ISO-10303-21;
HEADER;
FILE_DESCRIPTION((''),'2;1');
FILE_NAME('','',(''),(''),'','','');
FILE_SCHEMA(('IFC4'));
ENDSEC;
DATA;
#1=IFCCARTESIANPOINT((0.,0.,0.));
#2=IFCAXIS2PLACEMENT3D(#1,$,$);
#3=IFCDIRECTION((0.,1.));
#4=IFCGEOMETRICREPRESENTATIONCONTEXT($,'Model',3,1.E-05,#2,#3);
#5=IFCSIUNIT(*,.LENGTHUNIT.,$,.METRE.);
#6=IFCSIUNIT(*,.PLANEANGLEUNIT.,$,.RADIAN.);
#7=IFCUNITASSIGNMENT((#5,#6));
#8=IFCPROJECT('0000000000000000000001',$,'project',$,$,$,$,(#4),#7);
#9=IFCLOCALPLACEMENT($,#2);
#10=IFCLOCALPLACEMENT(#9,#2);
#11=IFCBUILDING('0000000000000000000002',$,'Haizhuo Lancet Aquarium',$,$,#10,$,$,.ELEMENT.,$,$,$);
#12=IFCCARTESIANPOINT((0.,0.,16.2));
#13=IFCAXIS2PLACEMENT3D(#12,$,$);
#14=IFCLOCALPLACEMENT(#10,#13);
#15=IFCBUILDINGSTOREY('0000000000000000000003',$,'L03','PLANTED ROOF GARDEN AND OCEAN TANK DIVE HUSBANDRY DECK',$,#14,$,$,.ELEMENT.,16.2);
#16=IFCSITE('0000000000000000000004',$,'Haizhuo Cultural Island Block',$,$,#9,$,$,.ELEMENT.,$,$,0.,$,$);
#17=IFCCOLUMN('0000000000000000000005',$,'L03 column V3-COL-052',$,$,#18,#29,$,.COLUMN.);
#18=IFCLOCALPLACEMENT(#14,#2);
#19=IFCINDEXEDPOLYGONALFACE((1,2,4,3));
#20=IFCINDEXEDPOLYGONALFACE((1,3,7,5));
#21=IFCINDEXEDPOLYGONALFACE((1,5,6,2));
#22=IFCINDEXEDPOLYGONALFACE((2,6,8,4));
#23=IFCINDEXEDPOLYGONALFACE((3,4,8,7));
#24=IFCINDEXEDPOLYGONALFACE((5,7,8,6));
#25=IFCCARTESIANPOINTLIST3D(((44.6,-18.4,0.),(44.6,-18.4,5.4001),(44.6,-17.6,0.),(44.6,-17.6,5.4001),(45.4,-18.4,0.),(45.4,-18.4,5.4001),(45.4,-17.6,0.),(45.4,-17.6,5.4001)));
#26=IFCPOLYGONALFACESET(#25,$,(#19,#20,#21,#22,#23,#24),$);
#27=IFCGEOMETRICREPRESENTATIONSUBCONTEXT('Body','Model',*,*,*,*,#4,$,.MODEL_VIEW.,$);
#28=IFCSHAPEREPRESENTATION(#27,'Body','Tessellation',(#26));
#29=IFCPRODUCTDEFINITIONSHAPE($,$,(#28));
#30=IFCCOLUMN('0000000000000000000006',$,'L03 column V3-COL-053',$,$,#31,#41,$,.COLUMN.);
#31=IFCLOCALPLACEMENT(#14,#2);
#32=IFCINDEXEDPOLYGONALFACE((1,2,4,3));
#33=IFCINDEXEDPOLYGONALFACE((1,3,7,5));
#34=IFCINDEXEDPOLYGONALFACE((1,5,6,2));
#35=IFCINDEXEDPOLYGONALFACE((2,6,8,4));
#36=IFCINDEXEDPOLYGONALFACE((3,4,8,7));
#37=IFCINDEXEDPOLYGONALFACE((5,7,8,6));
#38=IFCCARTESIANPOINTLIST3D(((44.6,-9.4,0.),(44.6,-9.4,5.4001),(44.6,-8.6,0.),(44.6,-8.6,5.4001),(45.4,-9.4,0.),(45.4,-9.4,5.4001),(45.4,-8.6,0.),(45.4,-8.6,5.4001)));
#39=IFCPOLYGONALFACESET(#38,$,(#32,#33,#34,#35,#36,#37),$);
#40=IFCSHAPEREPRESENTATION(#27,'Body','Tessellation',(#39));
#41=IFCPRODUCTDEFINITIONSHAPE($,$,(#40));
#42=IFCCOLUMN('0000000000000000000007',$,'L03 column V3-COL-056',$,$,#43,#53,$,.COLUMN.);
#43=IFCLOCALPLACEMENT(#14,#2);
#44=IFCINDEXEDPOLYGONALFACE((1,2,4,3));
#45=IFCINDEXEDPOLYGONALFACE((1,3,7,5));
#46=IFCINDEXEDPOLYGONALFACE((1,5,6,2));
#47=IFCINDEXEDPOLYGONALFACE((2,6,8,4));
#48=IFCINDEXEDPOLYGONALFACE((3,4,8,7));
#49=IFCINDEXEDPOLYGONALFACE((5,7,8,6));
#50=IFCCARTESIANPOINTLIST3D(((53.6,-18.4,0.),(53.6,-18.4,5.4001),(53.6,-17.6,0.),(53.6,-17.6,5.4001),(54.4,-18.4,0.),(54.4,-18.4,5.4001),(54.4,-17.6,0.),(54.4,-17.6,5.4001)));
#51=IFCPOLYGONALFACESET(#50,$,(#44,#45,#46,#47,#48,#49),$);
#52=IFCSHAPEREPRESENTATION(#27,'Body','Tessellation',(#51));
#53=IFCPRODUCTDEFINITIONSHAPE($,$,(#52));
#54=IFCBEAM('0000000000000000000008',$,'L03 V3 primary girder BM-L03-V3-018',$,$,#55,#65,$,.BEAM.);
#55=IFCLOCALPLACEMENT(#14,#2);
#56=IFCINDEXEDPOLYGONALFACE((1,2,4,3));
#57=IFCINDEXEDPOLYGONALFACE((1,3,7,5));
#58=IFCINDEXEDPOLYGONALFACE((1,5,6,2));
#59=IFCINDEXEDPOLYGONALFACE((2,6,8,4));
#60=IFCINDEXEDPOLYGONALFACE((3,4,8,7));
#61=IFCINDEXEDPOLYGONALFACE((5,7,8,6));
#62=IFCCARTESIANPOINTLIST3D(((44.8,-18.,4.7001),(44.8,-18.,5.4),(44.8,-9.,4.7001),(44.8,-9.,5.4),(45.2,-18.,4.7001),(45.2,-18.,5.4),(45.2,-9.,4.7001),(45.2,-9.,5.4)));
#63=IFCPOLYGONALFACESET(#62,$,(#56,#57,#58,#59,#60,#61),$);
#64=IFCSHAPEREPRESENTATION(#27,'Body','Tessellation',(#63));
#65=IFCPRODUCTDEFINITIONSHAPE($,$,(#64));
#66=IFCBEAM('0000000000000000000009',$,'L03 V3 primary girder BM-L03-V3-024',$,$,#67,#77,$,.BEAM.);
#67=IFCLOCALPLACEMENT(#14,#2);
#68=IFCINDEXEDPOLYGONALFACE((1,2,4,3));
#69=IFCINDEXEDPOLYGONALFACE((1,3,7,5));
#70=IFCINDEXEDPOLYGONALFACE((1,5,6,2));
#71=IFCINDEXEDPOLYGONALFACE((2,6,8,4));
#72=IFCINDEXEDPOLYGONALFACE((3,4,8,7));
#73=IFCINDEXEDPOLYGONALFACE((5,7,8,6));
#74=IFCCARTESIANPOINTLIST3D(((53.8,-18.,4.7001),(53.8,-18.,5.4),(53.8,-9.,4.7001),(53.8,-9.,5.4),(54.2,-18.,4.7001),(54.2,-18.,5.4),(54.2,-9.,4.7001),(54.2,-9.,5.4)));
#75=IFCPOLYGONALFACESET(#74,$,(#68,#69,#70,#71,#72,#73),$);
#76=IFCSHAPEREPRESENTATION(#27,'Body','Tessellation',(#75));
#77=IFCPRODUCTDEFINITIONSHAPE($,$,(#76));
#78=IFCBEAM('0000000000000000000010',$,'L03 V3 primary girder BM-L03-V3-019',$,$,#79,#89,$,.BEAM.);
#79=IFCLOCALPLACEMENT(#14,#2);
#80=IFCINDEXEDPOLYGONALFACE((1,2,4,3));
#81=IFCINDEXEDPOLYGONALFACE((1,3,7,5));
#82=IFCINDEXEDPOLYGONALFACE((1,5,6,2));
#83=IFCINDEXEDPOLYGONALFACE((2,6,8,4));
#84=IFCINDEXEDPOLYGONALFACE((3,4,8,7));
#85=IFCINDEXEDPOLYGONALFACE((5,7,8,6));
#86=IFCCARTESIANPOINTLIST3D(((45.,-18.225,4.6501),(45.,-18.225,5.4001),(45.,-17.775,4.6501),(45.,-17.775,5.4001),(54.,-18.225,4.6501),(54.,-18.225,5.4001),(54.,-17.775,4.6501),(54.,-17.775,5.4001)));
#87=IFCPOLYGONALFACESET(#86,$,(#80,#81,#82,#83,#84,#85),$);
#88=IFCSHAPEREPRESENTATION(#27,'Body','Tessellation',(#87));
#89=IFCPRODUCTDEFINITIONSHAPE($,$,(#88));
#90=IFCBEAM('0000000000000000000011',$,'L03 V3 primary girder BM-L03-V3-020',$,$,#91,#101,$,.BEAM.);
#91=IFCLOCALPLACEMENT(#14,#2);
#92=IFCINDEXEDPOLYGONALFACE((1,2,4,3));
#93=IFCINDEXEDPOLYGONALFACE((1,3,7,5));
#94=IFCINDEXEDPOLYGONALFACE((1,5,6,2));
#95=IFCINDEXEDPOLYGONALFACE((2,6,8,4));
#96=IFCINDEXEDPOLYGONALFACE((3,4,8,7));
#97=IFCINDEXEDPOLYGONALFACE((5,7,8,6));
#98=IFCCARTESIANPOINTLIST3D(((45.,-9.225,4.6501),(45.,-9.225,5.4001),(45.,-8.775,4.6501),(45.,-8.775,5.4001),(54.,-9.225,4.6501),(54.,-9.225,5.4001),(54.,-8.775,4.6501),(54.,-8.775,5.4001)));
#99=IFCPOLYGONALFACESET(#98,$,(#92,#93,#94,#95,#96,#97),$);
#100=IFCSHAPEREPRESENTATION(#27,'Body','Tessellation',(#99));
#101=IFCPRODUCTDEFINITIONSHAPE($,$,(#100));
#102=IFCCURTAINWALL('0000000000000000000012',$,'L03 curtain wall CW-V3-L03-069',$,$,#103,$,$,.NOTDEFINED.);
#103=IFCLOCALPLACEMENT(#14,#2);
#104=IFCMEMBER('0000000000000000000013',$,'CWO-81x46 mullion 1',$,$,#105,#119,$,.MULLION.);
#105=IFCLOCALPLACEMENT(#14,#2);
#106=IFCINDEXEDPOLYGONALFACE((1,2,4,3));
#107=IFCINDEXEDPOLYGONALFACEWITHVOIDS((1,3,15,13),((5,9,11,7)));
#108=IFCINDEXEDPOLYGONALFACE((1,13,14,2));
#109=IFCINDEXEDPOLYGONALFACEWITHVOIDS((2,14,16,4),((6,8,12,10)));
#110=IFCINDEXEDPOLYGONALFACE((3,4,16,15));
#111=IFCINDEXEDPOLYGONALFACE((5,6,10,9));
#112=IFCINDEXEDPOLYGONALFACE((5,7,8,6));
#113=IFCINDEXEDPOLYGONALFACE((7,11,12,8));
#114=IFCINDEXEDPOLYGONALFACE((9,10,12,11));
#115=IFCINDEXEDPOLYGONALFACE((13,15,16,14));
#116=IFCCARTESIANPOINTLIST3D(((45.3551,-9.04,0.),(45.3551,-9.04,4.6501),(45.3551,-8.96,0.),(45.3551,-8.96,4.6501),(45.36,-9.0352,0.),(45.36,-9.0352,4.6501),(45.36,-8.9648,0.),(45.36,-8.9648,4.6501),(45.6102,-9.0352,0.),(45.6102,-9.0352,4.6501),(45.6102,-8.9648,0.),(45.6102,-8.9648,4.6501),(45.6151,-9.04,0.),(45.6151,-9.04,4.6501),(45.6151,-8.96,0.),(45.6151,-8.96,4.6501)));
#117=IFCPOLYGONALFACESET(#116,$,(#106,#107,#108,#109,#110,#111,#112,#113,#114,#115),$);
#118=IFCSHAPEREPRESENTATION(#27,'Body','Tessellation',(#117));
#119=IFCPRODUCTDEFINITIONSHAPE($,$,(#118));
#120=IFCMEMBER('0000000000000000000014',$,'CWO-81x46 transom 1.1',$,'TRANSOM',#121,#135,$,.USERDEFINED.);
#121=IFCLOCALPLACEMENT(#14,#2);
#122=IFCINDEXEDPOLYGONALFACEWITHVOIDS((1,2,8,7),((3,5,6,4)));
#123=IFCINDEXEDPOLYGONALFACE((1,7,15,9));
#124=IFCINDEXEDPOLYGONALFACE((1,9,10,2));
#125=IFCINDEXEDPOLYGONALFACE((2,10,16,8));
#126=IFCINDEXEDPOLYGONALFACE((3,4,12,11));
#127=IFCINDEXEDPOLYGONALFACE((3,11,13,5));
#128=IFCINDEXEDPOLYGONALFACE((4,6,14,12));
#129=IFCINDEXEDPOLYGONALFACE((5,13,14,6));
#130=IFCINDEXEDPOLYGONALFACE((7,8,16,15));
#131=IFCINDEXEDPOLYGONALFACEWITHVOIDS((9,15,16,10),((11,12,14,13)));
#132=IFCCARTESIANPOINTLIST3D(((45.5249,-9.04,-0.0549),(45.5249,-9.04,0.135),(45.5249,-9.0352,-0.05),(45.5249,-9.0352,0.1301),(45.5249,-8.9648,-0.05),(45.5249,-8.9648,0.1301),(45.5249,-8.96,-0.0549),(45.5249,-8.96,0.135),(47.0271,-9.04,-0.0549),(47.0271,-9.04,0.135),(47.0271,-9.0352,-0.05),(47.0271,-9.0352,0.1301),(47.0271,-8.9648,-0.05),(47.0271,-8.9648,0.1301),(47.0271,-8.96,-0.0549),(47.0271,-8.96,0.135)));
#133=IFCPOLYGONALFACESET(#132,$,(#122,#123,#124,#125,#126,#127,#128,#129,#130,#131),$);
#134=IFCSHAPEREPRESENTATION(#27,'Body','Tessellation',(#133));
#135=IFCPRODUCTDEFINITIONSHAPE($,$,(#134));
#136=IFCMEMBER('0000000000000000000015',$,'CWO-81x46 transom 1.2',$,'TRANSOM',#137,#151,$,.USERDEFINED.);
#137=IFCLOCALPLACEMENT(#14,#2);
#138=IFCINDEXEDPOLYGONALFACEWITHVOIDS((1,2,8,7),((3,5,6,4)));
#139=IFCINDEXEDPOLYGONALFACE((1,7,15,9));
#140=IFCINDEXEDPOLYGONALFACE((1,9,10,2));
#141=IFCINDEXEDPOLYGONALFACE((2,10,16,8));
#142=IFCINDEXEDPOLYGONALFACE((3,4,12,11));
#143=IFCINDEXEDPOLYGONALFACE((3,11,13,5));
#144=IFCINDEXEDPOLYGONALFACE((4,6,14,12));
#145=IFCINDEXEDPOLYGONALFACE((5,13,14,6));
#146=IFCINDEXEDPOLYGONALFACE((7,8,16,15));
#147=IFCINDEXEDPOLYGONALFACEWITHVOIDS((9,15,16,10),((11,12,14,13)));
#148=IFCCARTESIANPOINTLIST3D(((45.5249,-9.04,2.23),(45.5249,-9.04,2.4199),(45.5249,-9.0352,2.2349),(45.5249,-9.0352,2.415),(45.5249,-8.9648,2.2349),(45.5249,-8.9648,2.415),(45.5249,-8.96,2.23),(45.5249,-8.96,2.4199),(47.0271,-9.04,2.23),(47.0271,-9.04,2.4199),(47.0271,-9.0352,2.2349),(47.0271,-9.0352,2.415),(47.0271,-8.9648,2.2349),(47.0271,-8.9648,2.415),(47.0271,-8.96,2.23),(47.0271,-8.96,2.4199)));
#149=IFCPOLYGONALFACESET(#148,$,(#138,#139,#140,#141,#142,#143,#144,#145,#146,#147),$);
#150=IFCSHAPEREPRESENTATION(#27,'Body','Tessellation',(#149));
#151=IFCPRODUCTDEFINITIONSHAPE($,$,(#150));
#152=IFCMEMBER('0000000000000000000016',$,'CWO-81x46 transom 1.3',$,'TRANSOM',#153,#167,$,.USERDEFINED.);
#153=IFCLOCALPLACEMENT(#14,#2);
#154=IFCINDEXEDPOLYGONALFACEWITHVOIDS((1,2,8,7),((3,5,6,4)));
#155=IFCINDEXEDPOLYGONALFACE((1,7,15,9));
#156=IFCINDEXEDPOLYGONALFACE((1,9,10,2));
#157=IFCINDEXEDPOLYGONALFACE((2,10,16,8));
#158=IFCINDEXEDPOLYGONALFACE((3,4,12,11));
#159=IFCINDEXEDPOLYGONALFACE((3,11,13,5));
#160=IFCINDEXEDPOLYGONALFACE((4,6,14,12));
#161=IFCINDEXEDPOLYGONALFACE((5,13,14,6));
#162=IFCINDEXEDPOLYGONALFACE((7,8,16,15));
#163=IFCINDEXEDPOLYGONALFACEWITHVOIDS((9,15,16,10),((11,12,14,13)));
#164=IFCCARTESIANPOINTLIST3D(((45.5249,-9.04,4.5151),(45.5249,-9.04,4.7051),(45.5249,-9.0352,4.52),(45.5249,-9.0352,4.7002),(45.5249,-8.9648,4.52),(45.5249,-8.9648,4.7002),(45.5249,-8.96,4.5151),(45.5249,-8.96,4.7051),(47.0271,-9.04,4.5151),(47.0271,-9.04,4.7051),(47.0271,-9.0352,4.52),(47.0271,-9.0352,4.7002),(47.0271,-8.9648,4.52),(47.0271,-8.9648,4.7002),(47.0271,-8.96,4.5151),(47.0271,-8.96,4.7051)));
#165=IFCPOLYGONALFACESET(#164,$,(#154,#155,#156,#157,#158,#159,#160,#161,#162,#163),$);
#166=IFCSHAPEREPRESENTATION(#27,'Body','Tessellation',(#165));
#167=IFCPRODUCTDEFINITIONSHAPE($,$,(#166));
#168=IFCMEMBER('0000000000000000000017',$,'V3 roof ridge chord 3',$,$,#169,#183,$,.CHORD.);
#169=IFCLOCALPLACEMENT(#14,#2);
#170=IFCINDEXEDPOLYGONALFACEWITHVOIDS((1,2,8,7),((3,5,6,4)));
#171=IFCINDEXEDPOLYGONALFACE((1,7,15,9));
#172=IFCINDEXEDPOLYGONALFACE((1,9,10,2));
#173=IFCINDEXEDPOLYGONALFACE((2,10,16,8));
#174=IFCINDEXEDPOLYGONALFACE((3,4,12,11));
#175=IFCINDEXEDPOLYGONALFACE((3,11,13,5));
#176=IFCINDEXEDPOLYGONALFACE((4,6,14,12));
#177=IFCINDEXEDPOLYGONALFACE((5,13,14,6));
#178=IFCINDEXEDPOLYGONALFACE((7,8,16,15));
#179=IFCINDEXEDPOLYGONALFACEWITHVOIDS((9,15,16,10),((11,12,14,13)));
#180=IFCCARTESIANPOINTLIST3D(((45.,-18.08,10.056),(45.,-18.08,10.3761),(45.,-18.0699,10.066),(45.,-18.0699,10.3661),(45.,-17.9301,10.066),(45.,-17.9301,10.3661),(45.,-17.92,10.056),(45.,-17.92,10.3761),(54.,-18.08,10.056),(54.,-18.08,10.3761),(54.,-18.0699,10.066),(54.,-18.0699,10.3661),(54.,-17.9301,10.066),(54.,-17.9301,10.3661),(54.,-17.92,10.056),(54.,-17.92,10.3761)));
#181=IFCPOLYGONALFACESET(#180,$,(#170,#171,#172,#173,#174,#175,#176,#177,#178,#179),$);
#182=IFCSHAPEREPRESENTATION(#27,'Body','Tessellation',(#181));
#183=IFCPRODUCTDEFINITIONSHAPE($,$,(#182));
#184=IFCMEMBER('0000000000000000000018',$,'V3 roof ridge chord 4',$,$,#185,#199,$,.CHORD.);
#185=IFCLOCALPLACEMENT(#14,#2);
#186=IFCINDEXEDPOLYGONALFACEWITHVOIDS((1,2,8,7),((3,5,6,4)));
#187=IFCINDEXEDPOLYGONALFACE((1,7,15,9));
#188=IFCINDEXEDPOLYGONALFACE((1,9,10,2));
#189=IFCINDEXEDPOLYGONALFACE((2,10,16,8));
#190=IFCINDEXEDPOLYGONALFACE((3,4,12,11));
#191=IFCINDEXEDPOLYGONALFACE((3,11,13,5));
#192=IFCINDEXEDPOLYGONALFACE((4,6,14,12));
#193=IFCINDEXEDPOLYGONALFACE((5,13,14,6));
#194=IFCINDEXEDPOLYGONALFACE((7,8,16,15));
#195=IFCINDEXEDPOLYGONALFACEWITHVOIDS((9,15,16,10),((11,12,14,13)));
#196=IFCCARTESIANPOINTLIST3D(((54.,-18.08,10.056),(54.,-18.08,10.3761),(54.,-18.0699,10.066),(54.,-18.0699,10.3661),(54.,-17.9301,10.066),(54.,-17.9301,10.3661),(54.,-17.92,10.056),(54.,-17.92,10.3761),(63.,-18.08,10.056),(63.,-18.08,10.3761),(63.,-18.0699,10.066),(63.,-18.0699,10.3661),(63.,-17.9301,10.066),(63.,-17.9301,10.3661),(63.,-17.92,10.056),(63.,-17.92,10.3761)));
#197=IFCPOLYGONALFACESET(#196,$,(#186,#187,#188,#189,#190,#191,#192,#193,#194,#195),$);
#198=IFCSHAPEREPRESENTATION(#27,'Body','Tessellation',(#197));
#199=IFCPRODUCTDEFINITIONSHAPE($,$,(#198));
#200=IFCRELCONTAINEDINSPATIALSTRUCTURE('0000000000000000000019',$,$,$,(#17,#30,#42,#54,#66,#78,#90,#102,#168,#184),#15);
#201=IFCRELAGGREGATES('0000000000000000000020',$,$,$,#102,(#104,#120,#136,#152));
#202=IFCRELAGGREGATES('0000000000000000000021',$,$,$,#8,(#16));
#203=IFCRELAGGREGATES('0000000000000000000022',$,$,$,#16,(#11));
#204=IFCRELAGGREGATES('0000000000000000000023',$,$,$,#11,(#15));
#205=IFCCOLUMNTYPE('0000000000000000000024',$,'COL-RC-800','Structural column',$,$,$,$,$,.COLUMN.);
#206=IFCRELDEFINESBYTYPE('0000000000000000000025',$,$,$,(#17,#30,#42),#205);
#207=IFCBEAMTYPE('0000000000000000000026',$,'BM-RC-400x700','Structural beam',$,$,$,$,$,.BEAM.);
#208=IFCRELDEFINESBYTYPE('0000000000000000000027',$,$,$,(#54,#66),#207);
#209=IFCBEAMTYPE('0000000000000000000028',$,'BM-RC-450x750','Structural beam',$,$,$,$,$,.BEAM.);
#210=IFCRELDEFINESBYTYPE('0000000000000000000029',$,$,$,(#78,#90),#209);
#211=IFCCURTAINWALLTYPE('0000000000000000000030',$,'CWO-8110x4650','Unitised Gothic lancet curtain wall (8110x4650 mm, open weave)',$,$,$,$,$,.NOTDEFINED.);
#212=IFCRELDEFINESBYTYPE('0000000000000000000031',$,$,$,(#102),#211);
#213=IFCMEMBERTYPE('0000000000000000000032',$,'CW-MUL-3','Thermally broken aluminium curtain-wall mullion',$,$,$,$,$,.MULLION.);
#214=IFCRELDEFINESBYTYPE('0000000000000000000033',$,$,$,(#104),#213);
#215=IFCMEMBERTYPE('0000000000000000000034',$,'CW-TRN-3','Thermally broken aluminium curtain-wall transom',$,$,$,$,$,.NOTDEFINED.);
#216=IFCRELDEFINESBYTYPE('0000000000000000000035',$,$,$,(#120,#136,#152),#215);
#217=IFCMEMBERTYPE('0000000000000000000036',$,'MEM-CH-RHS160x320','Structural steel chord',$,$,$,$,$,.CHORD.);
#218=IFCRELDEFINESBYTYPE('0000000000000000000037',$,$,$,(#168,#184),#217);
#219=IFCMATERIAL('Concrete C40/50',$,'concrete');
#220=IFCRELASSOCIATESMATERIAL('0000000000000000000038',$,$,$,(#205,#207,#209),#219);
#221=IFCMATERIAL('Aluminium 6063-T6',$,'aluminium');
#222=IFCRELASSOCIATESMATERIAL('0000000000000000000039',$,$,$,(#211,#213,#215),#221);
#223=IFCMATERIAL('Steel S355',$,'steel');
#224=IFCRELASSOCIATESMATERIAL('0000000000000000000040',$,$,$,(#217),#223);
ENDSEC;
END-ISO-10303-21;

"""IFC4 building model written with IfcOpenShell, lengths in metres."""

from ifc_helpers import new_model, si_unit, direction, frame, origin, origin_2d, place, context, subcontext, project, spatial, rectangle, hollow_rectangle, extrude, material, material_profile, profile_set, type_object, element, aggregate, save


model = new_model("IFC4")

# Units and contexts
model_context = context("Model", 3, precision=1e-05, world=origin(), true_north=direction((0.0, 1.0)))
body_context = subcontext(model_context, "Body", "Model", "MODEL_VIEW")
ifc_project = project(units=[si_unit("LENGTHUNIT", "METRE"), si_unit("PLANEANGLEUNIT", "RADIAN")], contexts=[model_context])

# Site, building, storey
site_placement = place(None, origin())
site = spatial("IfcSite", under=ifc_project, at=site_placement, Name="Haizhuo Cultural Island Block", CompositionType="ELEMENT", RefElevation=0.0)
building_placement = place(site_placement, origin())
building = spatial("IfcBuilding", under=site, at=building_placement, Name="Haizhuo Lancet Aquarium", CompositionType="ELEMENT")
storey_placement = place(building_placement, frame((0.0, 0.0, 16.2)))
storey = spatial("IfcBuildingStorey", under=building, at=storey_placement, Name="L03", Description="PLANTED ROOF GARDEN AND OCEAN TANK DIVE HUSBANDRY DECK", CompositionType="ELEMENT", Elevation=16.2)

# Columns
ifc_material_1 = material(Name="Concrete C40/50", Category="concrete")
ifc_material_profile_1 = material_profile(ifc_material_1, rectangle(XDim=0.8, YDim=0.8, at=origin_2d()), Name="RC-COL 800x800")
ifc_profile_set_1 = profile_set([ifc_material_profile_1], Name="Concrete C40/50")
column_type = type_object("IfcColumnType", Name="COL-RC-800", Description="Structural column", PredefinedType="COLUMN", material=ifc_profile_set_1)
for number, where, z_axis, x_axis, name in (
    (1, (45.0, -18.0, 0.0), (0.0, 0.0, 1.0), (1.0, 0.0, 0.0), "L03 column V3-COL-052"),
    (2, (45.0, -9.0, 0.0), (0.0, 0.0, 1.0), (1.0, 0.0, 0.0), "L03 column V3-COL-053"),
    (3, (54.0, -18.0, 0.0), (0.0, 0.0, 1.0), (1.0, 0.0, 0.0), "L03 column V3-COL-056"),
):
    element("IfcColumn", number, at=place(storey_placement, frame(where, z_axis=z_axis, x_axis=x_axis)), inside=storey, type_object=column_type, Name=name, PredefinedType="COLUMN", context=body_context, shape_type="SweptSolid", body=[
        extrude(rectangle(XDim=0.8, YDim=0.8, at=origin_2d()), origin(), (0.0, 0.0, 1.0), 5.4001),
    ])

# Beams
ifc_material_profile_2 = material_profile(ifc_material_1, rectangle(XDim=0.3999, YDim=0.7, at=origin_2d()), Name="RC-BM 400x700")
ifc_profile_set_2 = profile_set([ifc_material_profile_2], Name="Concrete C40/50")
beam_type_1 = type_object("IfcBeamType", Name="BM-RC-400x700", Description="Structural beam", PredefinedType="BEAM", material=ifc_profile_set_2)
for number, where, z_axis, x_axis, name in (
    (4, (45.0, -18.0, 5.05), (0.0, 1.0, 0.0), (-1.0, 0.0, 0.0), "L03 V3 primary girder BM-L03-V3-018"),
    (5, (54.0, -18.0, 5.05), (0.0, 1.0, 0.0), (-1.0, 0.0, 0.0), "L03 V3 primary girder BM-L03-V3-024"),
):
    element("IfcBeam", number, at=place(storey_placement, frame(where, z_axis=z_axis, x_axis=x_axis)), inside=storey, type_object=beam_type_1, Name=name, PredefinedType="BEAM", context=body_context, shape_type="SweptSolid", body=[
        extrude(rectangle(XDim=0.3999, YDim=0.7, at=origin_2d()), origin(), (0.0, 0.0, 1.0), 9.0),
    ])
ifc_material_profile_3 = material_profile(ifc_material_1, rectangle(XDim=0.45, YDim=0.75, at=origin_2d()), Name="RC-BM 450x750")
ifc_profile_set_3 = profile_set([ifc_material_profile_3], Name="Concrete C40/50")
beam_type_2 = type_object("IfcBeamType", Name="BM-RC-450x750", Description="Structural beam", PredefinedType="BEAM", material=ifc_profile_set_3)
for number, where, z_axis, x_axis, name in (
    (6, (45.0, -18.0, 5.0251), (1.0, 0.0, 0.0), (0.0, 1.0, 0.0), "L03 V3 primary girder BM-L03-V3-019"),
    (7, (45.0, -9.0, 5.0251), (1.0, 0.0, 0.0), (0.0, 1.0, 0.0), "L03 V3 primary girder BM-L03-V3-020"),
):
    element("IfcBeam", number, at=place(storey_placement, frame(where, z_axis=z_axis, x_axis=x_axis)), inside=storey, type_object=beam_type_2, Name=name, PredefinedType="BEAM", context=body_context, shape_type="SweptSolid", body=[
        extrude(rectangle(XDim=0.45, YDim=0.75, at=origin_2d()), origin(), (0.0, 0.0, 1.0), 9.0),
    ])

# Curtain wall, members
ifc_material_2 = material(Name="Aluminium 6063-T6", Category="aluminium")
curtain_wall_type = type_object("IfcCurtainWallType", Name="CWO-8110x4650", Description="Unitised Gothic lancet curtain wall (8110x4650 mm, open weave)", PredefinedType="NOTDEFINED", material=ifc_material_2)
curtain_wall_placement = place(storey_placement, origin())
curtain_wall = element("IfcCurtainWall", 8, at=curtain_wall_placement, inside=storey, type_object=curtain_wall_type, Name="L03 curtain wall CW-V3-L03-069", PredefinedType="NOTDEFINED")
ifc_material_profile_4 = material_profile(ifc_material_2, hollow_rectangle(XDim=0.0801, YDim=0.26, WallThickness=0.0049, at=origin_2d()), Name="ALU-M 80x260x5")
ifc_profile_set_4 = profile_set([ifc_material_profile_4], Name="Aluminium 6063-T6")
member_type_1 = type_object("IfcMemberType", Name="CW-MUL-3", Description="Thermally broken aluminium curtain-wall mullion", PredefinedType="MULLION", material=ifc_profile_set_4)
member_1_placement = place(storey_placement, frame((45.4851, -9.0, 0.0), z_axis=(0.0, 0.0, 1.0), x_axis=(0.0, 1.0, 0.0)))
member_1 = element("IfcMember", 9, at=member_1_placement, type_object=member_type_1, Name="CWO-81x46 mullion 1", PredefinedType="MULLION", context=body_context, shape_type="SweptSolid", body=[
    extrude(hollow_rectangle(XDim=0.0801, YDim=0.26, WallThickness=0.0049, at=origin_2d()), origin(), (0.0, 0.0, 1.0), 4.6501),
])
ifc_material_profile_5 = material_profile(ifc_material_2, hollow_rectangle(XDim=0.0801, YDim=0.1899, WallThickness=0.0049, at=origin_2d()), Name="ALU-T 80x190x5")
ifc_profile_set_5 = profile_set([ifc_material_profile_5], Name="Aluminium 6063-T6")
member_type_2 = type_object("IfcMemberType", Name="CW-TRN-3", Description="Thermally broken aluminium curtain-wall transom", PredefinedType="NOTDEFINED", material=ifc_profile_set_5)
member_2_placement = place(storey_placement, frame((45.5249, -9.0, 0.04), z_axis=(1.0, 0.0, 0.0), x_axis=(0.0, 1.0, 0.0)))
member_2 = element("IfcMember", 10, at=member_2_placement, type_object=member_type_2, Name="CWO-81x46 transom 1.1", ObjectType="TRANSOM", PredefinedType="USERDEFINED", context=body_context, shape_type="SweptSolid", body=[
    extrude(hollow_rectangle(XDim=0.0801, YDim=0.1899, WallThickness=0.0049, at=origin_2d()), origin(), (0.0, 0.0, 1.0), 1.5022),
])
member_3_placement = place(storey_placement, frame((45.5249, -9.0, 2.325), z_axis=(1.0, 0.0, 0.0), x_axis=(0.0, 1.0, 0.0)))
member_3 = element("IfcMember", 11, at=member_3_placement, type_object=member_type_2, Name="CWO-81x46 transom 1.2", ObjectType="TRANSOM", PredefinedType="USERDEFINED", context=body_context, shape_type="SweptSolid", body=[
    extrude(hollow_rectangle(XDim=0.0801, YDim=0.1899, WallThickness=0.0049, at=origin_2d()), origin(), (0.0, 0.0, 1.0), 1.5022),
])
member_4_placement = place(storey_placement, frame((45.5249, -9.0, 4.6101), z_axis=(1.0, 0.0, 0.0), x_axis=(0.0, 1.0, 0.0)))
member_4 = element("IfcMember", 12, at=member_4_placement, type_object=member_type_2, Name="CWO-81x46 transom 1.3", ObjectType="TRANSOM", PredefinedType="USERDEFINED", context=body_context, shape_type="SweptSolid", body=[
    extrude(hollow_rectangle(XDim=0.0801, YDim=0.1899, WallThickness=0.0049, at=origin_2d()), origin(), (0.0, 0.0, 1.0), 1.5022),
])

# Members
ifc_material_3 = material(Name="Steel S355", Category="steel")
ifc_material_profile_6 = material_profile(ifc_material_3, hollow_rectangle(XDim=0.1599, YDim=0.3201, WallThickness=0.01, at=origin_2d()), Name="RHS 160x320x10")
ifc_profile_set_6 = profile_set([ifc_material_profile_6], Name="Steel S355")
member_type_3 = type_object("IfcMemberType", Name="MEM-CH-RHS160x320", Description="Structural steel chord", PredefinedType="CHORD", material=ifc_profile_set_6)
for number, where, z_axis, x_axis, name in (
    (13, (45.0, -18.0, 10.2161), (1.0, 0.0, 0.0), (0.0, 1.0, 0.0), "V3 roof ridge chord 3"),
    (14, (54.0, -18.0, 10.2161), (1.0, 0.0, 0.0), (0.0, 1.0, 0.0), "V3 roof ridge chord 4"),
):
    element("IfcMember", number, at=place(storey_placement, frame(where, z_axis=z_axis, x_axis=x_axis)), inside=storey, type_object=member_type_3, Name=name, PredefinedType="CHORD", context=body_context, shape_type="SweptSolid", body=[
        extrude(hollow_rectangle(XDim=0.1599, YDim=0.3201, WallThickness=0.01, at=origin_2d()), origin(), (0.0, 0.0, 1.0), 9.0),
    ])

aggregate(curtain_wall, [member_1, member_2, member_3, member_4])

save(model, "model.ifc")
